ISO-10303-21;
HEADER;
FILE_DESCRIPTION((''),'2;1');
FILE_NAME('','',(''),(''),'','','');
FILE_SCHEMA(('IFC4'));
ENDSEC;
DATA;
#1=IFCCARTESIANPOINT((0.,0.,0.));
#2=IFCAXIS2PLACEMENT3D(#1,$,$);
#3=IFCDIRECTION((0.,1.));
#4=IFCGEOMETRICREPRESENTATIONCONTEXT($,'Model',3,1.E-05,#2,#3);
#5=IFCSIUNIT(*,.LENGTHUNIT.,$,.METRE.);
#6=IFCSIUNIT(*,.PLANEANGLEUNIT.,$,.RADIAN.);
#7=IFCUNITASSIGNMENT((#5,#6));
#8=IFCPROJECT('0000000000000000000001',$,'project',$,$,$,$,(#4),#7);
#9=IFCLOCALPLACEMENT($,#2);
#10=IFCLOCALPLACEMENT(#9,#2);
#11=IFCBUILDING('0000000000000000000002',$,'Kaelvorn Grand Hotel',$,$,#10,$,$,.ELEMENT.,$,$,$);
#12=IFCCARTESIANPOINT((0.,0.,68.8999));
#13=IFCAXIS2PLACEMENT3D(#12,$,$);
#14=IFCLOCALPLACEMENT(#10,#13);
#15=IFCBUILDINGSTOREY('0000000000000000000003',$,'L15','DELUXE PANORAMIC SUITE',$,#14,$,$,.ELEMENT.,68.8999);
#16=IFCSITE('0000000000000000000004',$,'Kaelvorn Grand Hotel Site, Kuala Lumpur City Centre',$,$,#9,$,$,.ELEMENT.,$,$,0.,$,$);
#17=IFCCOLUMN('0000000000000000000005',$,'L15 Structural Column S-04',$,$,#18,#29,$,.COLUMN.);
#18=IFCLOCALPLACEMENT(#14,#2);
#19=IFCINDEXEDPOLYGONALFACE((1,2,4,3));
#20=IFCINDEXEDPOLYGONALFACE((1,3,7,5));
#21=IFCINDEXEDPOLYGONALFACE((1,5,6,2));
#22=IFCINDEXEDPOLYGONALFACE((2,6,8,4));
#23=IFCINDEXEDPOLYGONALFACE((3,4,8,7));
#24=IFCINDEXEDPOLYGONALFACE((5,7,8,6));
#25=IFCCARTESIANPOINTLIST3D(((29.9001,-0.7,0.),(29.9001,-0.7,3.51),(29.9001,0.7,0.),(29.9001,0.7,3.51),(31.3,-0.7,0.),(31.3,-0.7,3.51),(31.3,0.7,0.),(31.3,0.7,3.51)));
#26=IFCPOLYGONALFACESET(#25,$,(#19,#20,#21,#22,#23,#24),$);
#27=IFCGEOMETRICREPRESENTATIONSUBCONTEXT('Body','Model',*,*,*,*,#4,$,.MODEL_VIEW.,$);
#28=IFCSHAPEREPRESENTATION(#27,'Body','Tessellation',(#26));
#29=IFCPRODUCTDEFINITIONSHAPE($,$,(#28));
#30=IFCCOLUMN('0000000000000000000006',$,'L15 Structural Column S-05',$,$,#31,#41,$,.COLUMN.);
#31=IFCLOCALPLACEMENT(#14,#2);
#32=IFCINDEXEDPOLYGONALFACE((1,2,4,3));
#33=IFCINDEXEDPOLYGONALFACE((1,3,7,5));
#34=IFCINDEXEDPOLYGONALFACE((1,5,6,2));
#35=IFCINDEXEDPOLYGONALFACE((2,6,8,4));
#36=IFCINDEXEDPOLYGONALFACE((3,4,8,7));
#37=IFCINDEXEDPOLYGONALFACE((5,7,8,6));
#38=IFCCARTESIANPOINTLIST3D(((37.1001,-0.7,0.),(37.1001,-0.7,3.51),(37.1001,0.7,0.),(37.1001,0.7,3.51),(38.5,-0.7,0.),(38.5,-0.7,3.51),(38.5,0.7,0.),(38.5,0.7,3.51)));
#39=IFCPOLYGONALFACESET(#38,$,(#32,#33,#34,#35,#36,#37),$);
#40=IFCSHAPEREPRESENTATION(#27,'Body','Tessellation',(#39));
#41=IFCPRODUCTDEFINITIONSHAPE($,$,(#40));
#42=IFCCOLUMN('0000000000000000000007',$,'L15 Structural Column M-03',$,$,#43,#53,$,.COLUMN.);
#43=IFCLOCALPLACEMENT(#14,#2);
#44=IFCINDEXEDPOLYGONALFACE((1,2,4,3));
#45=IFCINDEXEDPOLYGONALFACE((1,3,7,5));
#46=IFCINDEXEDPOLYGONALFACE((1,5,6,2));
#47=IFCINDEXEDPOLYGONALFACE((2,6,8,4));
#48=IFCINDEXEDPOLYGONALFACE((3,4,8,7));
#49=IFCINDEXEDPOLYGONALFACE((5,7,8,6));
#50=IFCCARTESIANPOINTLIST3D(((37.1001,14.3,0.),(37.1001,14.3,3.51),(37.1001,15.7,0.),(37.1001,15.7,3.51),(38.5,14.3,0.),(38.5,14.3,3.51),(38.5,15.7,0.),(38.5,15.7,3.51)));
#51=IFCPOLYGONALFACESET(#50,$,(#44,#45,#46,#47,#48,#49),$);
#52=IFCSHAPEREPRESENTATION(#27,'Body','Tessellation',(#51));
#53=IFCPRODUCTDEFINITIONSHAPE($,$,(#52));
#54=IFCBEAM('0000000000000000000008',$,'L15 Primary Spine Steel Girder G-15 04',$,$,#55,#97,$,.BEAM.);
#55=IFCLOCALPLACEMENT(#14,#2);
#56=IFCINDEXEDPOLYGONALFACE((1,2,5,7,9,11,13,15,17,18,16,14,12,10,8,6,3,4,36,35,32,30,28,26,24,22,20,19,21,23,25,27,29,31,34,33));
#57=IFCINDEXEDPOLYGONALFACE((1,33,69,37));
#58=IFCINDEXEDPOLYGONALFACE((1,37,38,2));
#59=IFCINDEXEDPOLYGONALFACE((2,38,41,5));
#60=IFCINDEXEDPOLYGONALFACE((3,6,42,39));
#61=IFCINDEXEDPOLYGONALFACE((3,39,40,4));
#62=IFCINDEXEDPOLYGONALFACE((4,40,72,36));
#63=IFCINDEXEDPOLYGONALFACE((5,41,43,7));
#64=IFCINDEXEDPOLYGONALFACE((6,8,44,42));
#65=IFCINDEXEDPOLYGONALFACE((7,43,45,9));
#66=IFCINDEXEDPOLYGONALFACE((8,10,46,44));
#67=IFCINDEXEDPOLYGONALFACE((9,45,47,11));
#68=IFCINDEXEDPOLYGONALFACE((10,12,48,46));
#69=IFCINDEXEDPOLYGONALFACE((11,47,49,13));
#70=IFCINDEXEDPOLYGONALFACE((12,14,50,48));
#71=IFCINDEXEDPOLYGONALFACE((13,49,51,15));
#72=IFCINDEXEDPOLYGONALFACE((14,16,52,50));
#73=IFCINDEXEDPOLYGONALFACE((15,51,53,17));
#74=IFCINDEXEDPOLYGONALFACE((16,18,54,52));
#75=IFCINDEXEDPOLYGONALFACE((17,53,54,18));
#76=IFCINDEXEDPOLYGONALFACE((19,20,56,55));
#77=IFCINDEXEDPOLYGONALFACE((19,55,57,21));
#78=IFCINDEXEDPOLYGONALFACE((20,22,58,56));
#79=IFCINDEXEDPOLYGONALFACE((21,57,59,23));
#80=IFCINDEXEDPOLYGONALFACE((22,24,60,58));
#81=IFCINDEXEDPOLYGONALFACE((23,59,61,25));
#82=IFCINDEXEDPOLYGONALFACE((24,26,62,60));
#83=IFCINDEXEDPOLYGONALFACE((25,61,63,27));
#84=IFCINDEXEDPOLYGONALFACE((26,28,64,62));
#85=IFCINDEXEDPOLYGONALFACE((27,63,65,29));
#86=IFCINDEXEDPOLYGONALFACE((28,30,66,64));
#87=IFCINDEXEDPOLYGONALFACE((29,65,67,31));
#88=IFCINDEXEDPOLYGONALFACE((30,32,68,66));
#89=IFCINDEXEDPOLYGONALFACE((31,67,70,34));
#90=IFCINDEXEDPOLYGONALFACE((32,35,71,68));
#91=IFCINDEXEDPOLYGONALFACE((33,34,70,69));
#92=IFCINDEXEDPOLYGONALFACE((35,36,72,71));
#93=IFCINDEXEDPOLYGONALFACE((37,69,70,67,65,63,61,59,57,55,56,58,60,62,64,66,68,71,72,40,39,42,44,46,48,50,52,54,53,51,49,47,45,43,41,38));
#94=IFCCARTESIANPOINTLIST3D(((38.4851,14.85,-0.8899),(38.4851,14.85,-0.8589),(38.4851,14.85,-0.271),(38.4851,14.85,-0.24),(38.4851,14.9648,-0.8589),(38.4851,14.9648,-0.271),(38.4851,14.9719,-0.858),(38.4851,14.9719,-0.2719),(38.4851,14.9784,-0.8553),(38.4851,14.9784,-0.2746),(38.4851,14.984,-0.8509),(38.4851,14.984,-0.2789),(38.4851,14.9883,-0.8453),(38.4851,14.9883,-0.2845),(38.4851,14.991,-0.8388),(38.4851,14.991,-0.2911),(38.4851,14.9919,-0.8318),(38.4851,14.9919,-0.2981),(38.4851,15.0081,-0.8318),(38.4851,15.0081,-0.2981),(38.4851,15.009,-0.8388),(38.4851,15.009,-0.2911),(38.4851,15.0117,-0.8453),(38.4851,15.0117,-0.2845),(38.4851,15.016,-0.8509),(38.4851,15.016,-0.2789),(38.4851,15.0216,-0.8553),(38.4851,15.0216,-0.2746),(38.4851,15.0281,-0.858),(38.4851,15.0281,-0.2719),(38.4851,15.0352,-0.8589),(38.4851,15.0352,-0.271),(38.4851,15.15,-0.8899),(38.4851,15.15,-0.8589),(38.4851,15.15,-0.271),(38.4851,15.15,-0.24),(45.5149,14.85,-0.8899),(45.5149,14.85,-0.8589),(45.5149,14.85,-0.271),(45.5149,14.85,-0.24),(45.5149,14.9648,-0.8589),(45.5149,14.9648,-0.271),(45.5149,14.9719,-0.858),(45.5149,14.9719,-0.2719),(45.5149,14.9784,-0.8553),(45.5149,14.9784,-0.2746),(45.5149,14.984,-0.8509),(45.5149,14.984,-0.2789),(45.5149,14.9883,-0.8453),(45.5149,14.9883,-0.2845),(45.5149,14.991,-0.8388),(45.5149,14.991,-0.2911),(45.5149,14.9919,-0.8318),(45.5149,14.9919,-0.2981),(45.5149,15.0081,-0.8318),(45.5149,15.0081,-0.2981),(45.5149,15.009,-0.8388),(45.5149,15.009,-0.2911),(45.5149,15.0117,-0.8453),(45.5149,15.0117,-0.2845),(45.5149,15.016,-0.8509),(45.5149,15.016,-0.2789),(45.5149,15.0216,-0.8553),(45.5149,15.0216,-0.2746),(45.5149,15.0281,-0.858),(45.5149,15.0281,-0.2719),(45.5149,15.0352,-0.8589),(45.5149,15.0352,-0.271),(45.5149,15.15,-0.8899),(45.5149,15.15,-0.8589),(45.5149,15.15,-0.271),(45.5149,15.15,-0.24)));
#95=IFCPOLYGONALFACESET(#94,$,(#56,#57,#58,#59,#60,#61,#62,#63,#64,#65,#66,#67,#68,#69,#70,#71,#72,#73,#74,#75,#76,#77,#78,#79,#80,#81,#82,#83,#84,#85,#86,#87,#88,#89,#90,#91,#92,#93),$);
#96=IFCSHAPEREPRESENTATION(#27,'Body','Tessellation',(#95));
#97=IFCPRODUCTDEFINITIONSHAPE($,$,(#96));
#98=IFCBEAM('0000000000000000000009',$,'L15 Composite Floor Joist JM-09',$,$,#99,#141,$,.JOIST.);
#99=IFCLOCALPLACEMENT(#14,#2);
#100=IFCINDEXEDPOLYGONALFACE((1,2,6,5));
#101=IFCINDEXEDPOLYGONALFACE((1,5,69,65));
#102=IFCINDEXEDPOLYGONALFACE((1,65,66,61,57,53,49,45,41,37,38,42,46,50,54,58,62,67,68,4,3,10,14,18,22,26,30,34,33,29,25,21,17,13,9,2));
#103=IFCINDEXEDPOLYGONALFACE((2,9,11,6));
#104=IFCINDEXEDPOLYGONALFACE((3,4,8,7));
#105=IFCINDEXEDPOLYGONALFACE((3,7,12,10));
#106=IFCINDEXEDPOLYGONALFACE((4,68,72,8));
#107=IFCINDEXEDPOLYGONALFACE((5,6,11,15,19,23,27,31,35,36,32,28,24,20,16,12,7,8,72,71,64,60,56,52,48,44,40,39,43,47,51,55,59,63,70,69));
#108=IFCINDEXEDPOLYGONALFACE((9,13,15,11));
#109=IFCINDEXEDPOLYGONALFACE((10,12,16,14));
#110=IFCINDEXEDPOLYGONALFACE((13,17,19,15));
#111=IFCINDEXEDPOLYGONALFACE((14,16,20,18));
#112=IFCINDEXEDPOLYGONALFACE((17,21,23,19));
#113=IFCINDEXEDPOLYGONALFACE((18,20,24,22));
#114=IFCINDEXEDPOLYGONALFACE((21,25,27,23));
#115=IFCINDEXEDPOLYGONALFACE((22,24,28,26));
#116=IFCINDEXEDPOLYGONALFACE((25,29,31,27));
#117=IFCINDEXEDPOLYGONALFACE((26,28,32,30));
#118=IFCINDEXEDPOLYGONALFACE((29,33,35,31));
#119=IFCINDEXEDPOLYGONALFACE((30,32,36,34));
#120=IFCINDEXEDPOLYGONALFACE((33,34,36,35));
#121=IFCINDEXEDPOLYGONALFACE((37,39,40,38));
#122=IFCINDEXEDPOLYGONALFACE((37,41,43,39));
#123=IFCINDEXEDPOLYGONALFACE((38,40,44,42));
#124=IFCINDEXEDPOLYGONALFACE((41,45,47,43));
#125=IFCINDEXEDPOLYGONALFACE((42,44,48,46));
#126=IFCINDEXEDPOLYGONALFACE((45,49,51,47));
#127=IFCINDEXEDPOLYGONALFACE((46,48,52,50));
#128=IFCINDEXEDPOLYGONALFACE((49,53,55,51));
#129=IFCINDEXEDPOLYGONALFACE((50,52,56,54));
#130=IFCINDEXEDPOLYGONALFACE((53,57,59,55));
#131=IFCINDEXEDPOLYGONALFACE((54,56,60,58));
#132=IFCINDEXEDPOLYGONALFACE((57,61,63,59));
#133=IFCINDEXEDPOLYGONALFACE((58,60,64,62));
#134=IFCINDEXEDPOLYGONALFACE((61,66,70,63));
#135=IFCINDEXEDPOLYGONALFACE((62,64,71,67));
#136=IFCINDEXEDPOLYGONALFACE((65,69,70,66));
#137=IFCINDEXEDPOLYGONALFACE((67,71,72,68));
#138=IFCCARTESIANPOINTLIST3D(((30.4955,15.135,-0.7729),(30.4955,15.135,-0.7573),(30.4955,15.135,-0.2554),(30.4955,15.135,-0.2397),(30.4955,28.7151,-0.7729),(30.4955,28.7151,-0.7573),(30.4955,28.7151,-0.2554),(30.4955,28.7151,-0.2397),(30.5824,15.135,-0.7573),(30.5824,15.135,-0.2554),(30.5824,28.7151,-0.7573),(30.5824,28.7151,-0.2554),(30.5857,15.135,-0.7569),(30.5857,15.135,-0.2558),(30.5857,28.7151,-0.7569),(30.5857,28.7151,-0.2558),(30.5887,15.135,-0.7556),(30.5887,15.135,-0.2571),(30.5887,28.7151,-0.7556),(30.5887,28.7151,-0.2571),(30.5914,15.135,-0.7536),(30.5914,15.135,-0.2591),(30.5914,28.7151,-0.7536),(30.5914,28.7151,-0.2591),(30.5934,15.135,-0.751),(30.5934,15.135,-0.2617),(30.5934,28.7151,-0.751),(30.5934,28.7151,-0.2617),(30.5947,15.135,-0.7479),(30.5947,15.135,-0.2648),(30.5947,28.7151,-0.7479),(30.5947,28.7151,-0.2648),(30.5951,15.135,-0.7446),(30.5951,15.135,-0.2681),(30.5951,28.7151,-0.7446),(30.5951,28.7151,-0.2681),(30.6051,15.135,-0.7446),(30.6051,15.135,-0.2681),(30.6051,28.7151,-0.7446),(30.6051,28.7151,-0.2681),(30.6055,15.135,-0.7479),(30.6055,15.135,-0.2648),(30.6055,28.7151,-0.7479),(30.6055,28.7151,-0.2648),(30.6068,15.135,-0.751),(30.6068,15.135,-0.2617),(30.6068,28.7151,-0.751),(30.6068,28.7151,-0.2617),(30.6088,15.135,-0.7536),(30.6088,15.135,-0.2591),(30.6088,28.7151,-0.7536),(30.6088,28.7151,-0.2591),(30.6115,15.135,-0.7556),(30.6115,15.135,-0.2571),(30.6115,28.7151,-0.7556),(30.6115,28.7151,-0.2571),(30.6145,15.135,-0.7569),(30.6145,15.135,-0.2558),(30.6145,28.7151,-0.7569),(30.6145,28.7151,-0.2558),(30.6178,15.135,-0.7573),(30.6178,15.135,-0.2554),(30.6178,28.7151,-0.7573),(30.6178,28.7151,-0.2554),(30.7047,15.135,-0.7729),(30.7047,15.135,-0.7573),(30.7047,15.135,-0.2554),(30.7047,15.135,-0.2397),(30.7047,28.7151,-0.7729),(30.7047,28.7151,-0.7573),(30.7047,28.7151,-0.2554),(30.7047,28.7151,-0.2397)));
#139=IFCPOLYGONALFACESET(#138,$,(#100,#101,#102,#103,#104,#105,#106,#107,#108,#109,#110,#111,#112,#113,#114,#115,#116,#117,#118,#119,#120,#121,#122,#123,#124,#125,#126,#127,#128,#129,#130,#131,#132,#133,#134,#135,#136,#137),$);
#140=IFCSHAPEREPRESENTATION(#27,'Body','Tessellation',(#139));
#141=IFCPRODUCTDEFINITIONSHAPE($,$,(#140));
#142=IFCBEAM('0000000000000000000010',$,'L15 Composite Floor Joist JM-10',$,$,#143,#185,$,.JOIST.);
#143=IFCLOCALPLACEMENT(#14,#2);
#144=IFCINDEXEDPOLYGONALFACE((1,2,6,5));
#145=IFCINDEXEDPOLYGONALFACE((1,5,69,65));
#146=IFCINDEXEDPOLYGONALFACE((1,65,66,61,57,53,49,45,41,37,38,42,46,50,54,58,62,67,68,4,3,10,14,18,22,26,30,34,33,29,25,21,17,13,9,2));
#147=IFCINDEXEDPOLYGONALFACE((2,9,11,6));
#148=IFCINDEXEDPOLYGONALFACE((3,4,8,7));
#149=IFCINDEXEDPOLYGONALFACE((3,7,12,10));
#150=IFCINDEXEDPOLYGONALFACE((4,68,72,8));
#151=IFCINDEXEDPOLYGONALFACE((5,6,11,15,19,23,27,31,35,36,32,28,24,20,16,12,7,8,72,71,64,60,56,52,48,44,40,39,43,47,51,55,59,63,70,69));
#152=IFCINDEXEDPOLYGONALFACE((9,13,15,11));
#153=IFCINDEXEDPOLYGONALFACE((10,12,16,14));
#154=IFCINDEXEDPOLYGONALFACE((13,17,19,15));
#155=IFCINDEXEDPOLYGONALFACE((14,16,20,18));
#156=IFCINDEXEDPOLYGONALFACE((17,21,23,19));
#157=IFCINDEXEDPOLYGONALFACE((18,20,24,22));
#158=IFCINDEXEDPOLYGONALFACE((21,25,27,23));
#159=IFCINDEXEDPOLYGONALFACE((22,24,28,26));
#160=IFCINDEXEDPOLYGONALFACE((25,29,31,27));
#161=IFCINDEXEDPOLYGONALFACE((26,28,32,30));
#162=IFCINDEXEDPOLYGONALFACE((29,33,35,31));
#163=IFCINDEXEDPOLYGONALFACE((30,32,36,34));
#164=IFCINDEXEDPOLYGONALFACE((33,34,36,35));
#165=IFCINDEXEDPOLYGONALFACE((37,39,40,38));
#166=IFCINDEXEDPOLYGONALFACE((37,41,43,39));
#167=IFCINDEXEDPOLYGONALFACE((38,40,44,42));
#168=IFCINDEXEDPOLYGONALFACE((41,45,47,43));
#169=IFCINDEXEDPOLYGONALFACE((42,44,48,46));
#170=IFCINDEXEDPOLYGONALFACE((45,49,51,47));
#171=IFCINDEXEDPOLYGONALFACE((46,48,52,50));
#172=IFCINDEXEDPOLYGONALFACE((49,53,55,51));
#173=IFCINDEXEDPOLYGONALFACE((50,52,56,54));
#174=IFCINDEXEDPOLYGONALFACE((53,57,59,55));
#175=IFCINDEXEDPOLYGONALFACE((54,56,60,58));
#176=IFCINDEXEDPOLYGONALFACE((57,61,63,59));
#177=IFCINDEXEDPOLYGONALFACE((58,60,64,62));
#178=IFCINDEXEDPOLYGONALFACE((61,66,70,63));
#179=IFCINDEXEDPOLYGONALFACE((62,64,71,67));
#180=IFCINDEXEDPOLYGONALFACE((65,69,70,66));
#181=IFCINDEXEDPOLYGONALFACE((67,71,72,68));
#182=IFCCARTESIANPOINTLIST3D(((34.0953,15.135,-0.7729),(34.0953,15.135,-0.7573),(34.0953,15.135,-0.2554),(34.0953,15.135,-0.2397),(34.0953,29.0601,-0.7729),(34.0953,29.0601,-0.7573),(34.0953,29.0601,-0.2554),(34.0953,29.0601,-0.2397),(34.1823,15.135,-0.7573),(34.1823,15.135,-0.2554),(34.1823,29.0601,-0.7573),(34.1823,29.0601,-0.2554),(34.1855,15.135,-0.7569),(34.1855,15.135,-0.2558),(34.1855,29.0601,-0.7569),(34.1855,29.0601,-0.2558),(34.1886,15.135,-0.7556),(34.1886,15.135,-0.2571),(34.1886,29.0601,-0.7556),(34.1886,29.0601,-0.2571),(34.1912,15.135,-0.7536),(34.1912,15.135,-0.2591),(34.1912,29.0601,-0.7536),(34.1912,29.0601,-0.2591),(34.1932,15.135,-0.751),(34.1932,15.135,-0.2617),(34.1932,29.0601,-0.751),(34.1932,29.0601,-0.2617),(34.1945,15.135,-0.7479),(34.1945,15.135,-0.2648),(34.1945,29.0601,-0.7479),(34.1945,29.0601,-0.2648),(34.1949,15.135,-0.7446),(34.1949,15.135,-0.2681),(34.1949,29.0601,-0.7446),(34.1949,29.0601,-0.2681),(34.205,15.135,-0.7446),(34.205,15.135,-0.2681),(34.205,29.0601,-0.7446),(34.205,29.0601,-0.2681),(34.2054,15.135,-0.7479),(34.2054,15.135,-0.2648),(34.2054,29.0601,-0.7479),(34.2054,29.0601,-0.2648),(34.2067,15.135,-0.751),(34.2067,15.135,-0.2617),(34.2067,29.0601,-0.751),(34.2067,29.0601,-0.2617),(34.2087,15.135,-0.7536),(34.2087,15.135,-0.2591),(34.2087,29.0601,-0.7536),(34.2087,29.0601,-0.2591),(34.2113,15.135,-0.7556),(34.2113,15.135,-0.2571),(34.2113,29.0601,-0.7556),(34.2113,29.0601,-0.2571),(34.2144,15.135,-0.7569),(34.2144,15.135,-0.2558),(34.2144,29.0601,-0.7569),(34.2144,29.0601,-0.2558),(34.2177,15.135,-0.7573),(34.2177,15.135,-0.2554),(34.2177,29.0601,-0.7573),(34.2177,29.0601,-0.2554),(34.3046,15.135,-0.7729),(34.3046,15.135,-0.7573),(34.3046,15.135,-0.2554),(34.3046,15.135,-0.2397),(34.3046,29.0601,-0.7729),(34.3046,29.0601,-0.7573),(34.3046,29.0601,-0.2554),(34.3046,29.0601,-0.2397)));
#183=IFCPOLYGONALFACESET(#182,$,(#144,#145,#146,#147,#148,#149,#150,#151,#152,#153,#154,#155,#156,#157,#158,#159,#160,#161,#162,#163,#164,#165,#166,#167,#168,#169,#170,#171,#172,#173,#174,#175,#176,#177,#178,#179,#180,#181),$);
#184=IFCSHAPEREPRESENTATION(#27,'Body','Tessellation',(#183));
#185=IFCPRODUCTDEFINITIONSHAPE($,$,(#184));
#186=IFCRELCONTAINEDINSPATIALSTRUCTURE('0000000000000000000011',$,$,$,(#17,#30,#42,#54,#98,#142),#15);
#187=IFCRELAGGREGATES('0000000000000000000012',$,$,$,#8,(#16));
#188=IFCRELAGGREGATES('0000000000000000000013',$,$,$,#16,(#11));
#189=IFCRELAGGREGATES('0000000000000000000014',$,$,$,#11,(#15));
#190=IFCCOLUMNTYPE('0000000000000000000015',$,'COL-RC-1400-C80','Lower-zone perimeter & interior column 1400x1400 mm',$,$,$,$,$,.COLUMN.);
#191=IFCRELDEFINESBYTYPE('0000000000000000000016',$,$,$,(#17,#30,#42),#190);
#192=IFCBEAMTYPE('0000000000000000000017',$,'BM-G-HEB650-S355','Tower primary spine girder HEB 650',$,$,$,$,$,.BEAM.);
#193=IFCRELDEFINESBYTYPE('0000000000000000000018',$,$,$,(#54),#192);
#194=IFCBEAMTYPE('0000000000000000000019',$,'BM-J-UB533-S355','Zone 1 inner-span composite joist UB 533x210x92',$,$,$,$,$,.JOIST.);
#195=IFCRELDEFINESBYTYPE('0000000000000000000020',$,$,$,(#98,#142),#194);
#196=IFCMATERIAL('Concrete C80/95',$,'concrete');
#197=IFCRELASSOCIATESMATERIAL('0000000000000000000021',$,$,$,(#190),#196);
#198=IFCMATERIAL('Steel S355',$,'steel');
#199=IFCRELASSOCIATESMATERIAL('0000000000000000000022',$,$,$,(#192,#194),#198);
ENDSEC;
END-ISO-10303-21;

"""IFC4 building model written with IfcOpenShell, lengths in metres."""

from ifc_helpers import new_model, si_unit, direction, frame, origin, origin_2d, place, context, subcontext, project, spatial, rectangle, i_section, extrude, material, material_profile, profile_set, type_object, element, save


model = new_model("IFC4")

# Units and contexts
model_context = context("Model", 3, precision=1e-05, world=origin(), true_north=direction((0.0, 1.0)))
body_context = subcontext(model_context, "Body", "Model", "MODEL_VIEW")
ifc_project = project(units=[si_unit("LENGTHUNIT", "METRE"), si_unit("PLANEANGLEUNIT", "RADIAN")], contexts=[model_context])

# Site, building, storey
site_placement = place(None, origin())
site = spatial("IfcSite", under=ifc_project, at=site_placement, Name="Kaelvorn Grand Hotel Site, Kuala Lumpur City Centre", CompositionType="ELEMENT", RefElevation=0.0)
building_placement = place(site_placement, origin())
building = spatial("IfcBuilding", under=site, at=building_placement, Name="Kaelvorn Grand Hotel", CompositionType="ELEMENT")
storey_placement = place(building_placement, frame((0.0, 0.0, 68.8999)))
storey = spatial("IfcBuildingStorey", under=building, at=storey_placement, Name="L15", Description="DELUXE PANORAMIC SUITE", CompositionType="ELEMENT", Elevation=68.8999)

# Columns
ifc_material_1 = material(Name="Concrete C80/95", Category="concrete")
ifc_material_profile_1 = material_profile(ifc_material_1, rectangle(XDim=1.3999, YDim=1.3999, at=origin_2d()), Name="RC COL 1400x1400")
ifc_profile_set_1 = profile_set([ifc_material_profile_1], Name="Concrete C80/95")
column_type = type_object("IfcColumnType", Name="COL-RC-1400-C80", Description="Lower-zone perimeter & interior column 1400x1400 mm", PredefinedType="COLUMN", material=ifc_profile_set_1)
for number, where, z_axis, x_axis, name in (
    (1, (30.6001, 0.0, 0.0), (0.0, 0.0, 1.0), (1.0, 0.0, 0.0), "L15 Structural Column S-04"),
    (2, (37.8, 0.0, 0.0), (0.0, 0.0, 1.0), (1.0, 0.0, 0.0), "L15 Structural Column S-05"),
    (3, (37.8, 15.0, 0.0), (0.0, 0.0, 1.0), (1.0, 0.0, 0.0), "L15 Structural Column M-03"),
):
    element("IfcColumn", number, at=place(storey_placement, frame(where, z_axis=z_axis, x_axis=x_axis)), inside=storey, type_object=column_type, Name=name, PredefinedType="COLUMN", context=body_context, shape_type="SweptSolid", body=[
        extrude(rectangle(XDim=1.3999, YDim=1.3999, at=origin_2d()), origin(), (0.0, 0.0, 1.0), 3.51),
    ])

# Beams
ifc_material_2 = material(Name="Steel S355", Category="steel")
ifc_material_profile_2 = material_profile(ifc_material_2, i_section(OverallWidth=0.3, OverallDepth=0.6499, WebThickness=0.0161, FlangeThickness=0.031, FilletRadius=0.0271, at=origin_2d()), Name="HEB 650")
ifc_profile_set_2 = profile_set([ifc_material_profile_2], Name="Steel S355")
beam_type_1 = type_object("IfcBeamType", Name="BM-G-HEB650-S355", Description="Tower primary spine girder HEB 650", PredefinedType="BEAM", material=ifc_profile_set_2)
beam_1_placement = place(storey_placement, frame((38.4851, 15.0, -0.5649), z_axis=(1.0, 0.0, 0.0), x_axis=(0.0, 1.0, 0.0)))
element("IfcBeam", 4, at=beam_1_placement, inside=storey, type_object=beam_type_1, Name="L15 Primary Spine Steel Girder G-15 04", PredefinedType="BEAM", context=body_context, shape_type="SweptSolid", body=[
    extrude(i_section(OverallWidth=0.3, OverallDepth=0.6499, WebThickness=0.0161, FlangeThickness=0.031, FilletRadius=0.0271, at=origin_2d()), origin(), (0.0, 0.0, 1.0), 7.0298),
])
ifc_material_profile_3 = material_profile(ifc_material_2, i_section(OverallWidth=0.2092, OverallDepth=0.5332, WebThickness=0.01, FlangeThickness=0.0156, FilletRadius=0.0127, at=origin_2d()), Name="UB 533x210x92")
ifc_profile_set_3 = profile_set([ifc_material_profile_3], Name="Steel S355")
beam_type_2 = type_object("IfcBeamType", Name="BM-J-UB533-S355", Description="Zone 1 inner-span composite joist UB 533x210x92", PredefinedType="JOIST", material=ifc_profile_set_3)
beam_2_placement = place(storey_placement, frame((30.6001, 15.135, -0.5063), z_axis=(0.0, 1.0, 0.0), x_axis=(-1.0, 0.0, 0.0)))
element("IfcBeam", 5, at=beam_2_placement, inside=storey, type_object=beam_type_2, Name="L15 Composite Floor Joist JM-09", PredefinedType="JOIST", context=body_context, shape_type="SweptSolid", body=[
    extrude(i_section(OverallWidth=0.2092, OverallDepth=0.5332, WebThickness=0.01, FlangeThickness=0.0156, FilletRadius=0.0127, at=origin_2d()), origin(), (0.0, 0.0, 1.0), 13.5801),
])
beam_3_placement = place(storey_placement, frame((34.2, 15.135, -0.5063), z_axis=(0.0, 1.0, 0.0), x_axis=(-1.0, 0.0, 0.0)))
element("IfcBeam", 6, at=beam_3_placement, inside=storey, type_object=beam_type_2, Name="L15 Composite Floor Joist JM-10", PredefinedType="JOIST", context=body_context, shape_type="SweptSolid", body=[
    extrude(i_section(OverallWidth=0.2092, OverallDepth=0.5332, WebThickness=0.01, FlangeThickness=0.0156, FilletRadius=0.0127, at=origin_2d()), origin(), (0.0, 0.0, 1.0), 13.925),
])

save(model, "model.ifc")
